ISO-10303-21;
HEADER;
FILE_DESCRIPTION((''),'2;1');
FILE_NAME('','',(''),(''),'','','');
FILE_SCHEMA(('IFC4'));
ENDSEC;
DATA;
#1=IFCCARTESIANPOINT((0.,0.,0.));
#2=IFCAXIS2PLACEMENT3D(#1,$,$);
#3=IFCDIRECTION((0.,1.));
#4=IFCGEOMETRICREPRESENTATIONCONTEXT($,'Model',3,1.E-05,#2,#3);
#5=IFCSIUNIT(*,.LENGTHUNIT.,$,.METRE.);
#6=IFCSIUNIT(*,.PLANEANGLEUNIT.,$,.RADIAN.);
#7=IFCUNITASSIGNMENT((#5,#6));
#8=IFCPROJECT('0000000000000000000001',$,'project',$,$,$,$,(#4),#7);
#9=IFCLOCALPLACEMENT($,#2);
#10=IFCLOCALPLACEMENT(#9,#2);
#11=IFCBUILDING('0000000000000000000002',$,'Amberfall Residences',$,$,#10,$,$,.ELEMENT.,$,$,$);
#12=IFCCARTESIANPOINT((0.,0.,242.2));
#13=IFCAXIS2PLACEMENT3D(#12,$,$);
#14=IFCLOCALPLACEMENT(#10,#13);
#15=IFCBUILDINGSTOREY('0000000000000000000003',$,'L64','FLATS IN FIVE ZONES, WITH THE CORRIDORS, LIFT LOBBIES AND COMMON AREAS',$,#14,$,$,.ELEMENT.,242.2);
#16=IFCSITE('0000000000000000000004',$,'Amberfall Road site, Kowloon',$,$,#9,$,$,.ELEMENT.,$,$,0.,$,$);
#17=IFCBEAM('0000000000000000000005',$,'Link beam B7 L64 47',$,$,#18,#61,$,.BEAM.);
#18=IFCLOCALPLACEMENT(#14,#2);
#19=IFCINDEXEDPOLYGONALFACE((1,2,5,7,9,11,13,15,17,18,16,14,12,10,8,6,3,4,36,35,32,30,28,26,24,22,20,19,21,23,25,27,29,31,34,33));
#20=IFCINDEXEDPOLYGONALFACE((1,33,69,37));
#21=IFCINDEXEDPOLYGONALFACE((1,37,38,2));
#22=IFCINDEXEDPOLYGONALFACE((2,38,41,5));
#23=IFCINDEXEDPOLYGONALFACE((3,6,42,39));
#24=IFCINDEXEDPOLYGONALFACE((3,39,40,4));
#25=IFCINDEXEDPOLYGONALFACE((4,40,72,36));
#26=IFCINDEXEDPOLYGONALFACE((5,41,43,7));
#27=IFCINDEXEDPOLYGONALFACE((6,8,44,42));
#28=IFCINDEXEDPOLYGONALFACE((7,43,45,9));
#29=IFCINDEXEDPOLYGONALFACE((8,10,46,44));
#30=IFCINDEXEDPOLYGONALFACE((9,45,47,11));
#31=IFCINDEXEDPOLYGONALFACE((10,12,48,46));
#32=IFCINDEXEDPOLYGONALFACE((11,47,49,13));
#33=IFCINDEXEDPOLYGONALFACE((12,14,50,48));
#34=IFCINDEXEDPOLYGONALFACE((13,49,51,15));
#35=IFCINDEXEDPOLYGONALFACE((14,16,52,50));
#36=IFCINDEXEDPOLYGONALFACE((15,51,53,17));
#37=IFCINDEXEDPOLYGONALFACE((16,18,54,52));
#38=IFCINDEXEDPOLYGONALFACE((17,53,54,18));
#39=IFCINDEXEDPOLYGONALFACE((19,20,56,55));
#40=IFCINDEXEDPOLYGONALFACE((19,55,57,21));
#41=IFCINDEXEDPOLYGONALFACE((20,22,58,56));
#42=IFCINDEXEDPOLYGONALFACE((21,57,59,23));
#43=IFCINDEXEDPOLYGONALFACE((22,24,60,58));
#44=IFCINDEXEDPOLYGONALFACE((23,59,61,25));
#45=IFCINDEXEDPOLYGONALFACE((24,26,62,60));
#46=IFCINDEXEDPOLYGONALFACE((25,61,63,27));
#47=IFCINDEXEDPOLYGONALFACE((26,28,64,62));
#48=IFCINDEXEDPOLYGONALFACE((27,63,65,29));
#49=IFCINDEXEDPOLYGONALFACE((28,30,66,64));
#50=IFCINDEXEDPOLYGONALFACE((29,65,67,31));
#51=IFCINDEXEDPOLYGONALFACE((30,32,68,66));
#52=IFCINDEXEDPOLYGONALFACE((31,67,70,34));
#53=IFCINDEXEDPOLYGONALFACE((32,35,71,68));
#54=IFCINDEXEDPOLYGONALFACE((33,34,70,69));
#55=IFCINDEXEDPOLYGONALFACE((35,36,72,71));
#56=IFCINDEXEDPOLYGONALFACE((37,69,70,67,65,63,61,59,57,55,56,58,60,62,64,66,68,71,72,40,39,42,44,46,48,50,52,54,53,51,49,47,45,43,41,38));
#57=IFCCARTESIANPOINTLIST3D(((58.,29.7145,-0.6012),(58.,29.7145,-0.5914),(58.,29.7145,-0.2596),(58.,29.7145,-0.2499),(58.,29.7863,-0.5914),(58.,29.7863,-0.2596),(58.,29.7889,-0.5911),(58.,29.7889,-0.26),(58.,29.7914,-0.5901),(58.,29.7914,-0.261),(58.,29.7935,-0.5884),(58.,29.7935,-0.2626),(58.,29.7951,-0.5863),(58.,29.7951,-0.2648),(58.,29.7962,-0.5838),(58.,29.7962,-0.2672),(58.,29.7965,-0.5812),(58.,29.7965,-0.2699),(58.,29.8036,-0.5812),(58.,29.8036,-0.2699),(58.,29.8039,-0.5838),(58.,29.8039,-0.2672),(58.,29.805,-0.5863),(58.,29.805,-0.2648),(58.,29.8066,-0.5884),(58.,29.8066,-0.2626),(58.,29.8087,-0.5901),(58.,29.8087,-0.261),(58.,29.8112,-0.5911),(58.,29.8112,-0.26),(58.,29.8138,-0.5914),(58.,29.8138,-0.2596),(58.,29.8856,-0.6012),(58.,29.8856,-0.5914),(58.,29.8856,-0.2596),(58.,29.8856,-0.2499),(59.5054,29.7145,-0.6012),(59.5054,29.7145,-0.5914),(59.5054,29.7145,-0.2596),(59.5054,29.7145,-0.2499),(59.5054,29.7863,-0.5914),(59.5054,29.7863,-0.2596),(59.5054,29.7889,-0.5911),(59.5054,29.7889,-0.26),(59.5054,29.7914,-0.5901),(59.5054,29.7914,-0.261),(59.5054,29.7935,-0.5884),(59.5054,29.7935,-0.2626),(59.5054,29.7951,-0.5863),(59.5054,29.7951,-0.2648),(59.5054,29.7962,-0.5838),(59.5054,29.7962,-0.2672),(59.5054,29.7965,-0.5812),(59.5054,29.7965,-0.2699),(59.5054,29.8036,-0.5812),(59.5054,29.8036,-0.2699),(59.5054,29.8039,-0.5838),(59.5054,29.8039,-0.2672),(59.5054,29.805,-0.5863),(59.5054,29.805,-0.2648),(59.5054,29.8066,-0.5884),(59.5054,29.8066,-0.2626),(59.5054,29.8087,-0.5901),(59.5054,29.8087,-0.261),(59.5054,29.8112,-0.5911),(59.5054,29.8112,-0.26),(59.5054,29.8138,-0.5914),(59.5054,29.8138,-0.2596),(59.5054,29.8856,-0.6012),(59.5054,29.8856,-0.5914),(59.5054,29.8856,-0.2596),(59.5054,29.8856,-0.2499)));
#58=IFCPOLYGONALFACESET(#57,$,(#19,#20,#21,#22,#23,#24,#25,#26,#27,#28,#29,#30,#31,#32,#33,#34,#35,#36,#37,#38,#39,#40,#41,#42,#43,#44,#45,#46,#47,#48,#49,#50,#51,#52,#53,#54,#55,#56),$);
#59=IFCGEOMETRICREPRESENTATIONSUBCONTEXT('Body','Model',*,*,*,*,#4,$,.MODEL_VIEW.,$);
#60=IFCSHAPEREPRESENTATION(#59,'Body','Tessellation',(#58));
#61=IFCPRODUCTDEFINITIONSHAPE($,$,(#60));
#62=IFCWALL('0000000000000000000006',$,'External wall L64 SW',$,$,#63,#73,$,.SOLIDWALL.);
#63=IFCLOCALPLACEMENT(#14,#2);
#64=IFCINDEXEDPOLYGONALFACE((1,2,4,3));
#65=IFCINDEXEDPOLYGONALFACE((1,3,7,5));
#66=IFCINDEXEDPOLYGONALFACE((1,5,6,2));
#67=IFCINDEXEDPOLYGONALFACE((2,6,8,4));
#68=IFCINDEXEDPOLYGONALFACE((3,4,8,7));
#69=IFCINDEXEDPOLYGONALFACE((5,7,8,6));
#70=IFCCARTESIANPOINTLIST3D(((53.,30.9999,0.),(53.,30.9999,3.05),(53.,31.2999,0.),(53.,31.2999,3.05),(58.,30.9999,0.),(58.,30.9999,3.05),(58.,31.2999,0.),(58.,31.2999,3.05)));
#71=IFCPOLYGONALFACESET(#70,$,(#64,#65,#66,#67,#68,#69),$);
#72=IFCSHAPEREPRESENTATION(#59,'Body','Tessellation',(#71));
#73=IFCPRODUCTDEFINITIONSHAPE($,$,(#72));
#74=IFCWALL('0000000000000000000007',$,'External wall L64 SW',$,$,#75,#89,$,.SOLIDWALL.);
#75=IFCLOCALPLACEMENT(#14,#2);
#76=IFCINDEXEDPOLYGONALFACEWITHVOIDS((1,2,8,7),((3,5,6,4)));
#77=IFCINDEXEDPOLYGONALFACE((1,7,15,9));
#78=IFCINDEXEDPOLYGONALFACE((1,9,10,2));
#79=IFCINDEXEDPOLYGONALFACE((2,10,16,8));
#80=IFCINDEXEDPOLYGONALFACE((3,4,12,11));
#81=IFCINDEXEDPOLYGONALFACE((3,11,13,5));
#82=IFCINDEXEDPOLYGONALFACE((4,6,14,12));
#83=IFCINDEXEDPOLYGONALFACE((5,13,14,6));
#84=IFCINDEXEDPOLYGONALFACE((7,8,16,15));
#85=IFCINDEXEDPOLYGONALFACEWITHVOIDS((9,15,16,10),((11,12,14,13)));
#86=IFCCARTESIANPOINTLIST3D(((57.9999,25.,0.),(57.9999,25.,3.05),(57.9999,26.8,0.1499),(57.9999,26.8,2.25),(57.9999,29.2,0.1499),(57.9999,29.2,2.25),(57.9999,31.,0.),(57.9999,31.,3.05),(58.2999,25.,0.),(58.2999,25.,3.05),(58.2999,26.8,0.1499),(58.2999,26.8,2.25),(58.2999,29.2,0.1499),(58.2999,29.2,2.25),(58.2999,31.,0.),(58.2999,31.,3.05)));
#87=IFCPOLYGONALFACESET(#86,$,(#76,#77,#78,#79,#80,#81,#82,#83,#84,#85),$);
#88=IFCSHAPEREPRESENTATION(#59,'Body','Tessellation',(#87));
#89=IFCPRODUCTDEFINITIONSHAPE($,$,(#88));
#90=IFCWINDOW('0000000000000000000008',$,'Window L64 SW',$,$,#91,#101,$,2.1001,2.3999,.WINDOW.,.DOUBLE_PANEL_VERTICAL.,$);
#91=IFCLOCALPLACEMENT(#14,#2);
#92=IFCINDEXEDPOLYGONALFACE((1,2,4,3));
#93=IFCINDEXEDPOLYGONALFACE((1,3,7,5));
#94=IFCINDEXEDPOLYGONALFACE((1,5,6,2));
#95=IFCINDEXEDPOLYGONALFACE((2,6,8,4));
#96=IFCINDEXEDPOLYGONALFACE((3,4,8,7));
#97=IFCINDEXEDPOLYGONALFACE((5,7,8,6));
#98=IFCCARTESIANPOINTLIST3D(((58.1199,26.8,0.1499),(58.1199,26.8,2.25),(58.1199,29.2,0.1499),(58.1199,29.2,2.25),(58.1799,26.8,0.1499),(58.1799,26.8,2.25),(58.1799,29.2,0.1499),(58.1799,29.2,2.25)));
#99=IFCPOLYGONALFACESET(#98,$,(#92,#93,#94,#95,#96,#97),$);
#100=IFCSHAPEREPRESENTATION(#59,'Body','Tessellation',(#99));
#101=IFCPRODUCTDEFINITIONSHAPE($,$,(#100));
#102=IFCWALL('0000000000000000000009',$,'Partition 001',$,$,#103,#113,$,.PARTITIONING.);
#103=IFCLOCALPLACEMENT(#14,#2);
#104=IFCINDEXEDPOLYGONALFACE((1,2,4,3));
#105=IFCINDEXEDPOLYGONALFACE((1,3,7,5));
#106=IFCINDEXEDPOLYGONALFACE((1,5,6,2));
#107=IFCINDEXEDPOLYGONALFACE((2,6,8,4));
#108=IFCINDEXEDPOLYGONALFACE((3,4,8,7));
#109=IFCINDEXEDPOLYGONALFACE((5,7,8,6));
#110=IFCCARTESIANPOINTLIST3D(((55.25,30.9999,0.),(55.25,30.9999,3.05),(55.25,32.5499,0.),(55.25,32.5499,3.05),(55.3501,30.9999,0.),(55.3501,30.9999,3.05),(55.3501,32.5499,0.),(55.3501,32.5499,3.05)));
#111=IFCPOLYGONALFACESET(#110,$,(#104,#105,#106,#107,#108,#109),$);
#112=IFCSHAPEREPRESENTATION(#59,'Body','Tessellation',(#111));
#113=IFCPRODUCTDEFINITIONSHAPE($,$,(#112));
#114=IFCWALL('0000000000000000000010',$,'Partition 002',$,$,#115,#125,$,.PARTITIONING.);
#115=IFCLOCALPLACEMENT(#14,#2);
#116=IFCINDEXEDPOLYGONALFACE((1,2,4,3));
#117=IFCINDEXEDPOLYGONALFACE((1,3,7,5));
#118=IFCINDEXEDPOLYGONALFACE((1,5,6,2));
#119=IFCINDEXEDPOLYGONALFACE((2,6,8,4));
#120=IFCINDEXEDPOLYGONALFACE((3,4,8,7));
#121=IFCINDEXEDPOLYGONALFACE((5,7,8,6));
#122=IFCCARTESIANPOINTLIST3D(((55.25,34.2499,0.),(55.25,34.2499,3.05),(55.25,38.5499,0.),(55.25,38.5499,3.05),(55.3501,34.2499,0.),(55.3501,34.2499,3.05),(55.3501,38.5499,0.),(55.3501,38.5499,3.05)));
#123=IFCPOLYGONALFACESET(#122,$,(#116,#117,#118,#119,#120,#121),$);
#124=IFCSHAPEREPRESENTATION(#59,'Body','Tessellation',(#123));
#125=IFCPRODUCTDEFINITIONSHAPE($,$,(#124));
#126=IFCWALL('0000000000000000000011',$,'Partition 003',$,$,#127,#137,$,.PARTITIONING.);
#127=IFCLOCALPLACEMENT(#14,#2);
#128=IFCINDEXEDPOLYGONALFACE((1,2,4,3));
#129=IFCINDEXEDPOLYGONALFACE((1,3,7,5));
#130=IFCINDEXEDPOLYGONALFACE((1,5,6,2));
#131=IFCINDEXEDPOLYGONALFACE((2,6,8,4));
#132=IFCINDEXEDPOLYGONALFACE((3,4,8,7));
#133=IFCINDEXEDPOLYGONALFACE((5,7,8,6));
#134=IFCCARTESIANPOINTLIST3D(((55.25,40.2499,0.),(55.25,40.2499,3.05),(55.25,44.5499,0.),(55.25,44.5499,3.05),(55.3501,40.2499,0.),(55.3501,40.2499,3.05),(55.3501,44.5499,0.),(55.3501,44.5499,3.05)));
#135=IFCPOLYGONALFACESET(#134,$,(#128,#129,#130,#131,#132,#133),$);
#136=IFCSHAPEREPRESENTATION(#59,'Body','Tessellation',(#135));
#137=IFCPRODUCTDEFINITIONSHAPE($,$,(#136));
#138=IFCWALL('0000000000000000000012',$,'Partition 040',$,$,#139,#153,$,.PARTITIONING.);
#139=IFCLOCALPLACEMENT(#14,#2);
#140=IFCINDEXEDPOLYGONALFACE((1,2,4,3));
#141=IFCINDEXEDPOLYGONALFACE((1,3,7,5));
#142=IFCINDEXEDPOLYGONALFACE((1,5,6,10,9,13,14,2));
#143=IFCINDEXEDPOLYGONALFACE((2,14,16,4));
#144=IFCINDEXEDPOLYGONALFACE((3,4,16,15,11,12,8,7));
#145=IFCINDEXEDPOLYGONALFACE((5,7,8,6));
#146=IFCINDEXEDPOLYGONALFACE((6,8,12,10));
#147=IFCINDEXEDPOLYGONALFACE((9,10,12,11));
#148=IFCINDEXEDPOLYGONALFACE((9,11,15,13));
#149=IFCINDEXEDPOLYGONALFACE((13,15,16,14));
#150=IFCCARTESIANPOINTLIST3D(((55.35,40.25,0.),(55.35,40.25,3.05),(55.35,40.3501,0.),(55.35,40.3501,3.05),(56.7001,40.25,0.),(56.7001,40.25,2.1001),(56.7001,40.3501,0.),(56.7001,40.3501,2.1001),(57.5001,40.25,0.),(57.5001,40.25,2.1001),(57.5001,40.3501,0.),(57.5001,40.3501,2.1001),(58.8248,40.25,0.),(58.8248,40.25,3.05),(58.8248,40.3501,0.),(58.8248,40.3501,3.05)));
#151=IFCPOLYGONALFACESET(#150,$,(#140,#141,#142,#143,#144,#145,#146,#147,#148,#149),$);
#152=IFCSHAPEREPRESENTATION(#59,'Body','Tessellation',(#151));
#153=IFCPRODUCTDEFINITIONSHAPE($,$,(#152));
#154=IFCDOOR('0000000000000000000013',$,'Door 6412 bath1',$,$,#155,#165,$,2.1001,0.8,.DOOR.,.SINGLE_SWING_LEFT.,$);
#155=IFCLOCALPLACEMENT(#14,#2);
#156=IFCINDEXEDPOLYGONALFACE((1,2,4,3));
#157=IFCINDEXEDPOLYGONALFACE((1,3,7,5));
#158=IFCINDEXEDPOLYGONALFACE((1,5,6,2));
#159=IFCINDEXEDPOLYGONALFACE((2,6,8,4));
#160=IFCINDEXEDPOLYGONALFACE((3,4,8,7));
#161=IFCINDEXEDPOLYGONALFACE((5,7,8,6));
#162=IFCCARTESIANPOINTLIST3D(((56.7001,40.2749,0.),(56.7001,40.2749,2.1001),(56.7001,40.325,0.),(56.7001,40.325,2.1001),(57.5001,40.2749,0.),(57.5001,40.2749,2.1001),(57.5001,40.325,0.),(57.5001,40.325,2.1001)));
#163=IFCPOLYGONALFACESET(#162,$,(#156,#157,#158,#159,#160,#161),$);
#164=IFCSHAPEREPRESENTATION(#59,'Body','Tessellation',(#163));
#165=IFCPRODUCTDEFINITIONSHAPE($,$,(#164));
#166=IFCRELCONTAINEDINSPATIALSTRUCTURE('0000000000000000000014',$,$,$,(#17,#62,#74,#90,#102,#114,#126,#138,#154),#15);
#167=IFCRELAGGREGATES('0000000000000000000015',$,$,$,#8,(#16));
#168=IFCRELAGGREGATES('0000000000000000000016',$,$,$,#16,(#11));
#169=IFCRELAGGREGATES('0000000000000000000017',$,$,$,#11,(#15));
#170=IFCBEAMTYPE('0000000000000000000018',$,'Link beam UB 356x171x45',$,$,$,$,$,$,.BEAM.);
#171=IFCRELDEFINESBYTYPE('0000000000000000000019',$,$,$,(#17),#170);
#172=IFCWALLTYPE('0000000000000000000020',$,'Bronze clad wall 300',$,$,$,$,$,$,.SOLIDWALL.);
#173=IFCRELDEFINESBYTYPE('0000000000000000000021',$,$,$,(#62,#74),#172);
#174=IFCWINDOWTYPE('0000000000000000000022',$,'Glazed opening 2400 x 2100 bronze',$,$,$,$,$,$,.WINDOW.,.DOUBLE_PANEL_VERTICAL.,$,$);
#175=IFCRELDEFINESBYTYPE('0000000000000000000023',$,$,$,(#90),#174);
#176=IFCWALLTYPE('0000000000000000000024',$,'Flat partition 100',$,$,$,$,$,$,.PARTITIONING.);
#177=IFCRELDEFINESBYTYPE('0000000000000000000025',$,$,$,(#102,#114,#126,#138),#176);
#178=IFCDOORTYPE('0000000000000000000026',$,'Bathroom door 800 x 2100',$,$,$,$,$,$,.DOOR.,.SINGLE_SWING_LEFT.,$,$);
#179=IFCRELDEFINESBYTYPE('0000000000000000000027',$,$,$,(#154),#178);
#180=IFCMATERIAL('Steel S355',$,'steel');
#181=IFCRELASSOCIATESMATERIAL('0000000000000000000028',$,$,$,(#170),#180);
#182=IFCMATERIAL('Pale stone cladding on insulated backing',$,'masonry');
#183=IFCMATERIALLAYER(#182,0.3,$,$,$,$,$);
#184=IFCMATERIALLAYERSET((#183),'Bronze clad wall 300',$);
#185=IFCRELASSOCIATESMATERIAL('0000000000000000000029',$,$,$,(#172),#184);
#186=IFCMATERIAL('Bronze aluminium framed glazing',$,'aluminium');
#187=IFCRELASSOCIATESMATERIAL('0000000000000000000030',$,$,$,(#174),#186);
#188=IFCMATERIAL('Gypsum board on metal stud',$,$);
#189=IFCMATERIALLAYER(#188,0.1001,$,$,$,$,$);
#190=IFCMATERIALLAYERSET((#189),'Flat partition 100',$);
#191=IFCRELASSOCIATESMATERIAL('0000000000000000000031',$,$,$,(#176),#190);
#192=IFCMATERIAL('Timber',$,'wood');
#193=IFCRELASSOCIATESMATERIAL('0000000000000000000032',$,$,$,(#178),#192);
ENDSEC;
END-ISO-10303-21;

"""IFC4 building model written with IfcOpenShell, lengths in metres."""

from ifc_helpers import new_model, si_unit, direction, frame, frame_2d, origin, origin_2d, place, context, subcontext, project, spatial, rectangle, i_section, extrude, material, layer, layer_set, material_profile, profile_set, type_object, element, fill, save


model = new_model("IFC4")

# Units and contexts
model_context = context("Model", 3, precision=1e-05, world=origin(), true_north=direction((0.0, 1.0)))
body_context = subcontext(model_context, "Body", "Model", "MODEL_VIEW")
ifc_project = project(units=[si_unit("LENGTHUNIT", "METRE"), si_unit("PLANEANGLEUNIT", "RADIAN")], contexts=[model_context])

# Site, building, storey
site_placement = place(None, origin())
site = spatial("IfcSite", under=ifc_project, at=site_placement, Name="Amberfall Road site, Kowloon", CompositionType="ELEMENT", RefElevation=0.0)
building_placement = place(site_placement, origin())
building = spatial("IfcBuilding", under=site, at=building_placement, Name="Amberfall Residences", CompositionType="ELEMENT")
storey_placement = place(building_placement, frame((0.0, 0.0, 242.2)))
storey = spatial("IfcBuildingStorey", under=building, at=storey_placement, Name="L64", Description="FLATS IN FIVE ZONES, WITH THE CORRIDORS, LIFT LOBBIES AND COMMON AREAS", CompositionType="ELEMENT", Elevation=242.2)

# Beam
ifc_material_1 = material(Name="Steel S355", Category="steel")
ifc_material_profile_1 = material_profile(ifc_material_1, i_section(OverallWidth=0.1711, OverallDepth=0.3513, WebThickness=0.0071, FlangeThickness=0.0098, FilletRadius=0.0103, at=origin_2d()), Name="UB 356x171x45")
ifc_profile_set_1 = profile_set([ifc_material_profile_1], Name="Steel S355")
beam_type_1 = type_object("IfcBeamType", Name="Link beam UB 356x171x45", PredefinedType="BEAM", material=ifc_profile_set_1)
beam_1_placement = place(storey_placement, frame((58.0, 29.8, -0.4255), z_axis=(1.0, 0.0, 0.0), x_axis=(0.0, 1.0, 0.0)))
element("IfcBeam", 1, at=beam_1_placement, inside=storey, type_object=beam_type_1, Name="Link beam B7 L64 47", PredefinedType="BEAM", context=body_context, shape_type="SweptSolid", body=[
    extrude(i_section(OverallWidth=0.1711, OverallDepth=0.3513, WebThickness=0.0071, FlangeThickness=0.0098, FilletRadius=0.0103, at=origin_2d()), origin(), (0.0, 0.0, 1.0), 1.5054),
])

# Wall
ifc_material_2 = material(Name="Pale stone cladding on insulated backing", Category="masonry")
ifc_layer_1 = layer(ifc_material_2, 0.3)
ifc_layer_set_1 = layer_set([ifc_layer_1], Name="Bronze clad wall 300")
wall_type_1 = type_object("IfcWallType", Name="Bronze clad wall 300", PredefinedType="SOLIDWALL", material=ifc_layer_set_1)
wall_1_placement = place(storey_placement, frame((53.0, 31.1499, 0.0), z_axis=(0.0, 0.0, 1.0), x_axis=(1.0, 0.0, 0.0)))
element("IfcWall", 2, at=wall_1_placement, inside=storey, type_object=wall_type_1, Name="External wall L64 SW", PredefinedType="SOLIDWALL", context=body_context, shape_type="SweptSolid", body=[
    extrude(rectangle(XDim=5.0, YDim=0.3, at=frame_2d((2.5, 0.0))), origin(), (0.0, 0.0, 1.0), 3.05),
])

# Wall, opening, window
wall_2_placement = place(storey_placement, frame((58.1499, 31.0, 0.0), z_axis=(0.0, 0.0, 1.0), x_axis=(0.0, -1.0, 0.0)))
wall_2 = element("IfcWall", 3, at=wall_2_placement, inside=storey, type_object=wall_type_1, Name="External wall L64 SW", PredefinedType="SOLIDWALL", context=body_context, shape_type="SweptSolid", body=[
    extrude(rectangle(XDim=6.0, YDim=0.3, at=frame_2d((3.0, 0.0))), origin(), (0.0, 0.0, 1.0), 3.05),
])
opening_1_placement = place(wall_2_placement, frame((1.8, 0.0, 0.1499)))
opening_1 = element("IfcOpeningElement", 4, at=opening_1_placement, cuts=wall_2, PredefinedType="OPENING", context=body_context, shape_type="SweptSolid", body=[
    extrude(rectangle(XDim=2.3999, YDim=2.1001, at=frame_2d((1.2, 1.05))), frame((0.0, 0.1599, 0.0), z_axis=(0.0, -1.0, 0.0), x_axis=(1.0, 0.0, 0.0)), (0.0, 0.0, 1.0), 0.3201),
])
ifc_material_3 = material(Name="Bronze aluminium framed glazing", Category="aluminium")
window_type = type_object("IfcWindowType", Name="Glazed opening 2400 x 2100 bronze", PartitioningType="DOUBLE_PANEL_VERTICAL", PredefinedType="WINDOW", material=ifc_material_3)
window_placement = place(opening_1_placement, origin())
window = element("IfcWindow", 5, at=window_placement, inside=storey, type_object=window_type, Name="Window L64 SW", OverallHeight=2.1001, OverallWidth=2.3999, PartitioningType="DOUBLE_PANEL_VERTICAL", PredefinedType="WINDOW", context=body_context, shape_type="SweptSolid", body=[
    extrude(rectangle(XDim=2.3999, YDim=2.1001, at=frame_2d((1.2, 1.05))), frame((0.0, 0.03, 0.0), z_axis=(0.0, -1.0, 0.0), x_axis=(1.0, 0.0, 0.0)), (0.0, 0.0, 1.0), 0.0601),
])
fill(opening_1, window)

# Walls
ifc_material_4 = material(Name="Gypsum board on metal stud")
ifc_layer_2 = layer(ifc_material_4, 0.1001)
ifc_layer_set_2 = layer_set([ifc_layer_2], Name="Flat partition 100")
wall_type_2 = type_object("IfcWallType", Name="Flat partition 100", PredefinedType="PARTITIONING", material=ifc_layer_set_2)
wall_3_placement = place(storey_placement, frame((55.3, 31.0, 0.0), z_axis=(0.0, 0.0, 1.0), x_axis=(0.0, 1.0, 0.0)))
element("IfcWall", 6, at=wall_3_placement, inside=storey, type_object=wall_type_2, Name="Partition 001", PredefinedType="PARTITIONING", context=body_context, shape_type="SweptSolid", body=[
    extrude(rectangle(XDim=1.55, YDim=0.1001, at=frame_2d((0.7749, 0.0))), origin(), (0.0, 0.0, 1.0), 3.05),
])
for number, where, z_axis, x_axis, name in (
    (7, (55.3, 34.25, 0.0), (0.0, 0.0, 1.0), (0.0, 1.0, 0.0), "Partition 002"),
    (8, (55.3, 40.25, 0.0), (0.0, 0.0, 1.0), (0.0, 1.0, 0.0), "Partition 003"),
):
    element("IfcWall", number, at=place(storey_placement, frame(where, z_axis=z_axis, x_axis=x_axis)), inside=storey, type_object=wall_type_2, Name=name, PredefinedType="PARTITIONING", context=body_context, shape_type="SweptSolid", body=[
        extrude(rectangle(XDim=4.3, YDim=0.1001, at=frame_2d((2.1499, 0.0))), origin(), (0.0, 0.0, 1.0), 3.05),
    ])

# Wall, opening, door
wall_4_placement = place(storey_placement, frame((55.3501, 40.3, 0.0), z_axis=(0.0, 0.0, 1.0), x_axis=(1.0, 0.0, 0.0)))
wall_4 = element("IfcWall", 9, at=wall_4_placement, inside=storey, type_object=wall_type_2, Name="Partition 040", PredefinedType="PARTITIONING", context=body_context, shape_type="SweptSolid", body=[
    extrude(rectangle(XDim=3.4749, YDim=0.1001, at=frame_2d((1.7373, 0.0))), origin(), (0.0, 0.0, 1.0), 3.05),
])
opening_2_placement = place(wall_4_placement, frame((1.3501, 0.0, 0.0)))
opening_2 = element("IfcOpeningElement", 10, at=opening_2_placement, cuts=wall_4, PredefinedType="OPENING", context=body_context, shape_type="SweptSolid", body=[
    extrude(rectangle(XDim=0.8, YDim=2.1001, at=frame_2d((0.3999, 1.05))), frame((0.0, 0.0601, 0.0), z_axis=(0.0, -1.0, 0.0), x_axis=(1.0, 0.0, 0.0)), (0.0, 0.0, 1.0), 0.1201),
])
ifc_material_5 = material(Name="Timber", Category="wood")
door_type = type_object("IfcDoorType", Name="Bathroom door 800 x 2100", OperationType="SINGLE_SWING_LEFT", PredefinedType="DOOR", material=ifc_material_5)
door_1_placement = place(opening_2_placement, origin())
door_1 = element("IfcDoor", 11, at=door_1_placement, inside=storey, type_object=door_type, Name="Door 6412 bath1", OperationType="SINGLE_SWING_LEFT", OverallHeight=2.1001, OverallWidth=0.8, PredefinedType="DOOR", context=body_context, shape_type="SweptSolid", body=[
    extrude(rectangle(XDim=0.8, YDim=2.1001, at=frame_2d((0.3999, 1.05))), frame((0.0, 0.0249, 0.0), z_axis=(0.0, -1.0, 0.0), x_axis=(1.0, 0.0, 0.0)), (0.0, 0.0, 1.0), 0.05),
])
fill(opening_2, door_1)

save(model, "model.ifc")
